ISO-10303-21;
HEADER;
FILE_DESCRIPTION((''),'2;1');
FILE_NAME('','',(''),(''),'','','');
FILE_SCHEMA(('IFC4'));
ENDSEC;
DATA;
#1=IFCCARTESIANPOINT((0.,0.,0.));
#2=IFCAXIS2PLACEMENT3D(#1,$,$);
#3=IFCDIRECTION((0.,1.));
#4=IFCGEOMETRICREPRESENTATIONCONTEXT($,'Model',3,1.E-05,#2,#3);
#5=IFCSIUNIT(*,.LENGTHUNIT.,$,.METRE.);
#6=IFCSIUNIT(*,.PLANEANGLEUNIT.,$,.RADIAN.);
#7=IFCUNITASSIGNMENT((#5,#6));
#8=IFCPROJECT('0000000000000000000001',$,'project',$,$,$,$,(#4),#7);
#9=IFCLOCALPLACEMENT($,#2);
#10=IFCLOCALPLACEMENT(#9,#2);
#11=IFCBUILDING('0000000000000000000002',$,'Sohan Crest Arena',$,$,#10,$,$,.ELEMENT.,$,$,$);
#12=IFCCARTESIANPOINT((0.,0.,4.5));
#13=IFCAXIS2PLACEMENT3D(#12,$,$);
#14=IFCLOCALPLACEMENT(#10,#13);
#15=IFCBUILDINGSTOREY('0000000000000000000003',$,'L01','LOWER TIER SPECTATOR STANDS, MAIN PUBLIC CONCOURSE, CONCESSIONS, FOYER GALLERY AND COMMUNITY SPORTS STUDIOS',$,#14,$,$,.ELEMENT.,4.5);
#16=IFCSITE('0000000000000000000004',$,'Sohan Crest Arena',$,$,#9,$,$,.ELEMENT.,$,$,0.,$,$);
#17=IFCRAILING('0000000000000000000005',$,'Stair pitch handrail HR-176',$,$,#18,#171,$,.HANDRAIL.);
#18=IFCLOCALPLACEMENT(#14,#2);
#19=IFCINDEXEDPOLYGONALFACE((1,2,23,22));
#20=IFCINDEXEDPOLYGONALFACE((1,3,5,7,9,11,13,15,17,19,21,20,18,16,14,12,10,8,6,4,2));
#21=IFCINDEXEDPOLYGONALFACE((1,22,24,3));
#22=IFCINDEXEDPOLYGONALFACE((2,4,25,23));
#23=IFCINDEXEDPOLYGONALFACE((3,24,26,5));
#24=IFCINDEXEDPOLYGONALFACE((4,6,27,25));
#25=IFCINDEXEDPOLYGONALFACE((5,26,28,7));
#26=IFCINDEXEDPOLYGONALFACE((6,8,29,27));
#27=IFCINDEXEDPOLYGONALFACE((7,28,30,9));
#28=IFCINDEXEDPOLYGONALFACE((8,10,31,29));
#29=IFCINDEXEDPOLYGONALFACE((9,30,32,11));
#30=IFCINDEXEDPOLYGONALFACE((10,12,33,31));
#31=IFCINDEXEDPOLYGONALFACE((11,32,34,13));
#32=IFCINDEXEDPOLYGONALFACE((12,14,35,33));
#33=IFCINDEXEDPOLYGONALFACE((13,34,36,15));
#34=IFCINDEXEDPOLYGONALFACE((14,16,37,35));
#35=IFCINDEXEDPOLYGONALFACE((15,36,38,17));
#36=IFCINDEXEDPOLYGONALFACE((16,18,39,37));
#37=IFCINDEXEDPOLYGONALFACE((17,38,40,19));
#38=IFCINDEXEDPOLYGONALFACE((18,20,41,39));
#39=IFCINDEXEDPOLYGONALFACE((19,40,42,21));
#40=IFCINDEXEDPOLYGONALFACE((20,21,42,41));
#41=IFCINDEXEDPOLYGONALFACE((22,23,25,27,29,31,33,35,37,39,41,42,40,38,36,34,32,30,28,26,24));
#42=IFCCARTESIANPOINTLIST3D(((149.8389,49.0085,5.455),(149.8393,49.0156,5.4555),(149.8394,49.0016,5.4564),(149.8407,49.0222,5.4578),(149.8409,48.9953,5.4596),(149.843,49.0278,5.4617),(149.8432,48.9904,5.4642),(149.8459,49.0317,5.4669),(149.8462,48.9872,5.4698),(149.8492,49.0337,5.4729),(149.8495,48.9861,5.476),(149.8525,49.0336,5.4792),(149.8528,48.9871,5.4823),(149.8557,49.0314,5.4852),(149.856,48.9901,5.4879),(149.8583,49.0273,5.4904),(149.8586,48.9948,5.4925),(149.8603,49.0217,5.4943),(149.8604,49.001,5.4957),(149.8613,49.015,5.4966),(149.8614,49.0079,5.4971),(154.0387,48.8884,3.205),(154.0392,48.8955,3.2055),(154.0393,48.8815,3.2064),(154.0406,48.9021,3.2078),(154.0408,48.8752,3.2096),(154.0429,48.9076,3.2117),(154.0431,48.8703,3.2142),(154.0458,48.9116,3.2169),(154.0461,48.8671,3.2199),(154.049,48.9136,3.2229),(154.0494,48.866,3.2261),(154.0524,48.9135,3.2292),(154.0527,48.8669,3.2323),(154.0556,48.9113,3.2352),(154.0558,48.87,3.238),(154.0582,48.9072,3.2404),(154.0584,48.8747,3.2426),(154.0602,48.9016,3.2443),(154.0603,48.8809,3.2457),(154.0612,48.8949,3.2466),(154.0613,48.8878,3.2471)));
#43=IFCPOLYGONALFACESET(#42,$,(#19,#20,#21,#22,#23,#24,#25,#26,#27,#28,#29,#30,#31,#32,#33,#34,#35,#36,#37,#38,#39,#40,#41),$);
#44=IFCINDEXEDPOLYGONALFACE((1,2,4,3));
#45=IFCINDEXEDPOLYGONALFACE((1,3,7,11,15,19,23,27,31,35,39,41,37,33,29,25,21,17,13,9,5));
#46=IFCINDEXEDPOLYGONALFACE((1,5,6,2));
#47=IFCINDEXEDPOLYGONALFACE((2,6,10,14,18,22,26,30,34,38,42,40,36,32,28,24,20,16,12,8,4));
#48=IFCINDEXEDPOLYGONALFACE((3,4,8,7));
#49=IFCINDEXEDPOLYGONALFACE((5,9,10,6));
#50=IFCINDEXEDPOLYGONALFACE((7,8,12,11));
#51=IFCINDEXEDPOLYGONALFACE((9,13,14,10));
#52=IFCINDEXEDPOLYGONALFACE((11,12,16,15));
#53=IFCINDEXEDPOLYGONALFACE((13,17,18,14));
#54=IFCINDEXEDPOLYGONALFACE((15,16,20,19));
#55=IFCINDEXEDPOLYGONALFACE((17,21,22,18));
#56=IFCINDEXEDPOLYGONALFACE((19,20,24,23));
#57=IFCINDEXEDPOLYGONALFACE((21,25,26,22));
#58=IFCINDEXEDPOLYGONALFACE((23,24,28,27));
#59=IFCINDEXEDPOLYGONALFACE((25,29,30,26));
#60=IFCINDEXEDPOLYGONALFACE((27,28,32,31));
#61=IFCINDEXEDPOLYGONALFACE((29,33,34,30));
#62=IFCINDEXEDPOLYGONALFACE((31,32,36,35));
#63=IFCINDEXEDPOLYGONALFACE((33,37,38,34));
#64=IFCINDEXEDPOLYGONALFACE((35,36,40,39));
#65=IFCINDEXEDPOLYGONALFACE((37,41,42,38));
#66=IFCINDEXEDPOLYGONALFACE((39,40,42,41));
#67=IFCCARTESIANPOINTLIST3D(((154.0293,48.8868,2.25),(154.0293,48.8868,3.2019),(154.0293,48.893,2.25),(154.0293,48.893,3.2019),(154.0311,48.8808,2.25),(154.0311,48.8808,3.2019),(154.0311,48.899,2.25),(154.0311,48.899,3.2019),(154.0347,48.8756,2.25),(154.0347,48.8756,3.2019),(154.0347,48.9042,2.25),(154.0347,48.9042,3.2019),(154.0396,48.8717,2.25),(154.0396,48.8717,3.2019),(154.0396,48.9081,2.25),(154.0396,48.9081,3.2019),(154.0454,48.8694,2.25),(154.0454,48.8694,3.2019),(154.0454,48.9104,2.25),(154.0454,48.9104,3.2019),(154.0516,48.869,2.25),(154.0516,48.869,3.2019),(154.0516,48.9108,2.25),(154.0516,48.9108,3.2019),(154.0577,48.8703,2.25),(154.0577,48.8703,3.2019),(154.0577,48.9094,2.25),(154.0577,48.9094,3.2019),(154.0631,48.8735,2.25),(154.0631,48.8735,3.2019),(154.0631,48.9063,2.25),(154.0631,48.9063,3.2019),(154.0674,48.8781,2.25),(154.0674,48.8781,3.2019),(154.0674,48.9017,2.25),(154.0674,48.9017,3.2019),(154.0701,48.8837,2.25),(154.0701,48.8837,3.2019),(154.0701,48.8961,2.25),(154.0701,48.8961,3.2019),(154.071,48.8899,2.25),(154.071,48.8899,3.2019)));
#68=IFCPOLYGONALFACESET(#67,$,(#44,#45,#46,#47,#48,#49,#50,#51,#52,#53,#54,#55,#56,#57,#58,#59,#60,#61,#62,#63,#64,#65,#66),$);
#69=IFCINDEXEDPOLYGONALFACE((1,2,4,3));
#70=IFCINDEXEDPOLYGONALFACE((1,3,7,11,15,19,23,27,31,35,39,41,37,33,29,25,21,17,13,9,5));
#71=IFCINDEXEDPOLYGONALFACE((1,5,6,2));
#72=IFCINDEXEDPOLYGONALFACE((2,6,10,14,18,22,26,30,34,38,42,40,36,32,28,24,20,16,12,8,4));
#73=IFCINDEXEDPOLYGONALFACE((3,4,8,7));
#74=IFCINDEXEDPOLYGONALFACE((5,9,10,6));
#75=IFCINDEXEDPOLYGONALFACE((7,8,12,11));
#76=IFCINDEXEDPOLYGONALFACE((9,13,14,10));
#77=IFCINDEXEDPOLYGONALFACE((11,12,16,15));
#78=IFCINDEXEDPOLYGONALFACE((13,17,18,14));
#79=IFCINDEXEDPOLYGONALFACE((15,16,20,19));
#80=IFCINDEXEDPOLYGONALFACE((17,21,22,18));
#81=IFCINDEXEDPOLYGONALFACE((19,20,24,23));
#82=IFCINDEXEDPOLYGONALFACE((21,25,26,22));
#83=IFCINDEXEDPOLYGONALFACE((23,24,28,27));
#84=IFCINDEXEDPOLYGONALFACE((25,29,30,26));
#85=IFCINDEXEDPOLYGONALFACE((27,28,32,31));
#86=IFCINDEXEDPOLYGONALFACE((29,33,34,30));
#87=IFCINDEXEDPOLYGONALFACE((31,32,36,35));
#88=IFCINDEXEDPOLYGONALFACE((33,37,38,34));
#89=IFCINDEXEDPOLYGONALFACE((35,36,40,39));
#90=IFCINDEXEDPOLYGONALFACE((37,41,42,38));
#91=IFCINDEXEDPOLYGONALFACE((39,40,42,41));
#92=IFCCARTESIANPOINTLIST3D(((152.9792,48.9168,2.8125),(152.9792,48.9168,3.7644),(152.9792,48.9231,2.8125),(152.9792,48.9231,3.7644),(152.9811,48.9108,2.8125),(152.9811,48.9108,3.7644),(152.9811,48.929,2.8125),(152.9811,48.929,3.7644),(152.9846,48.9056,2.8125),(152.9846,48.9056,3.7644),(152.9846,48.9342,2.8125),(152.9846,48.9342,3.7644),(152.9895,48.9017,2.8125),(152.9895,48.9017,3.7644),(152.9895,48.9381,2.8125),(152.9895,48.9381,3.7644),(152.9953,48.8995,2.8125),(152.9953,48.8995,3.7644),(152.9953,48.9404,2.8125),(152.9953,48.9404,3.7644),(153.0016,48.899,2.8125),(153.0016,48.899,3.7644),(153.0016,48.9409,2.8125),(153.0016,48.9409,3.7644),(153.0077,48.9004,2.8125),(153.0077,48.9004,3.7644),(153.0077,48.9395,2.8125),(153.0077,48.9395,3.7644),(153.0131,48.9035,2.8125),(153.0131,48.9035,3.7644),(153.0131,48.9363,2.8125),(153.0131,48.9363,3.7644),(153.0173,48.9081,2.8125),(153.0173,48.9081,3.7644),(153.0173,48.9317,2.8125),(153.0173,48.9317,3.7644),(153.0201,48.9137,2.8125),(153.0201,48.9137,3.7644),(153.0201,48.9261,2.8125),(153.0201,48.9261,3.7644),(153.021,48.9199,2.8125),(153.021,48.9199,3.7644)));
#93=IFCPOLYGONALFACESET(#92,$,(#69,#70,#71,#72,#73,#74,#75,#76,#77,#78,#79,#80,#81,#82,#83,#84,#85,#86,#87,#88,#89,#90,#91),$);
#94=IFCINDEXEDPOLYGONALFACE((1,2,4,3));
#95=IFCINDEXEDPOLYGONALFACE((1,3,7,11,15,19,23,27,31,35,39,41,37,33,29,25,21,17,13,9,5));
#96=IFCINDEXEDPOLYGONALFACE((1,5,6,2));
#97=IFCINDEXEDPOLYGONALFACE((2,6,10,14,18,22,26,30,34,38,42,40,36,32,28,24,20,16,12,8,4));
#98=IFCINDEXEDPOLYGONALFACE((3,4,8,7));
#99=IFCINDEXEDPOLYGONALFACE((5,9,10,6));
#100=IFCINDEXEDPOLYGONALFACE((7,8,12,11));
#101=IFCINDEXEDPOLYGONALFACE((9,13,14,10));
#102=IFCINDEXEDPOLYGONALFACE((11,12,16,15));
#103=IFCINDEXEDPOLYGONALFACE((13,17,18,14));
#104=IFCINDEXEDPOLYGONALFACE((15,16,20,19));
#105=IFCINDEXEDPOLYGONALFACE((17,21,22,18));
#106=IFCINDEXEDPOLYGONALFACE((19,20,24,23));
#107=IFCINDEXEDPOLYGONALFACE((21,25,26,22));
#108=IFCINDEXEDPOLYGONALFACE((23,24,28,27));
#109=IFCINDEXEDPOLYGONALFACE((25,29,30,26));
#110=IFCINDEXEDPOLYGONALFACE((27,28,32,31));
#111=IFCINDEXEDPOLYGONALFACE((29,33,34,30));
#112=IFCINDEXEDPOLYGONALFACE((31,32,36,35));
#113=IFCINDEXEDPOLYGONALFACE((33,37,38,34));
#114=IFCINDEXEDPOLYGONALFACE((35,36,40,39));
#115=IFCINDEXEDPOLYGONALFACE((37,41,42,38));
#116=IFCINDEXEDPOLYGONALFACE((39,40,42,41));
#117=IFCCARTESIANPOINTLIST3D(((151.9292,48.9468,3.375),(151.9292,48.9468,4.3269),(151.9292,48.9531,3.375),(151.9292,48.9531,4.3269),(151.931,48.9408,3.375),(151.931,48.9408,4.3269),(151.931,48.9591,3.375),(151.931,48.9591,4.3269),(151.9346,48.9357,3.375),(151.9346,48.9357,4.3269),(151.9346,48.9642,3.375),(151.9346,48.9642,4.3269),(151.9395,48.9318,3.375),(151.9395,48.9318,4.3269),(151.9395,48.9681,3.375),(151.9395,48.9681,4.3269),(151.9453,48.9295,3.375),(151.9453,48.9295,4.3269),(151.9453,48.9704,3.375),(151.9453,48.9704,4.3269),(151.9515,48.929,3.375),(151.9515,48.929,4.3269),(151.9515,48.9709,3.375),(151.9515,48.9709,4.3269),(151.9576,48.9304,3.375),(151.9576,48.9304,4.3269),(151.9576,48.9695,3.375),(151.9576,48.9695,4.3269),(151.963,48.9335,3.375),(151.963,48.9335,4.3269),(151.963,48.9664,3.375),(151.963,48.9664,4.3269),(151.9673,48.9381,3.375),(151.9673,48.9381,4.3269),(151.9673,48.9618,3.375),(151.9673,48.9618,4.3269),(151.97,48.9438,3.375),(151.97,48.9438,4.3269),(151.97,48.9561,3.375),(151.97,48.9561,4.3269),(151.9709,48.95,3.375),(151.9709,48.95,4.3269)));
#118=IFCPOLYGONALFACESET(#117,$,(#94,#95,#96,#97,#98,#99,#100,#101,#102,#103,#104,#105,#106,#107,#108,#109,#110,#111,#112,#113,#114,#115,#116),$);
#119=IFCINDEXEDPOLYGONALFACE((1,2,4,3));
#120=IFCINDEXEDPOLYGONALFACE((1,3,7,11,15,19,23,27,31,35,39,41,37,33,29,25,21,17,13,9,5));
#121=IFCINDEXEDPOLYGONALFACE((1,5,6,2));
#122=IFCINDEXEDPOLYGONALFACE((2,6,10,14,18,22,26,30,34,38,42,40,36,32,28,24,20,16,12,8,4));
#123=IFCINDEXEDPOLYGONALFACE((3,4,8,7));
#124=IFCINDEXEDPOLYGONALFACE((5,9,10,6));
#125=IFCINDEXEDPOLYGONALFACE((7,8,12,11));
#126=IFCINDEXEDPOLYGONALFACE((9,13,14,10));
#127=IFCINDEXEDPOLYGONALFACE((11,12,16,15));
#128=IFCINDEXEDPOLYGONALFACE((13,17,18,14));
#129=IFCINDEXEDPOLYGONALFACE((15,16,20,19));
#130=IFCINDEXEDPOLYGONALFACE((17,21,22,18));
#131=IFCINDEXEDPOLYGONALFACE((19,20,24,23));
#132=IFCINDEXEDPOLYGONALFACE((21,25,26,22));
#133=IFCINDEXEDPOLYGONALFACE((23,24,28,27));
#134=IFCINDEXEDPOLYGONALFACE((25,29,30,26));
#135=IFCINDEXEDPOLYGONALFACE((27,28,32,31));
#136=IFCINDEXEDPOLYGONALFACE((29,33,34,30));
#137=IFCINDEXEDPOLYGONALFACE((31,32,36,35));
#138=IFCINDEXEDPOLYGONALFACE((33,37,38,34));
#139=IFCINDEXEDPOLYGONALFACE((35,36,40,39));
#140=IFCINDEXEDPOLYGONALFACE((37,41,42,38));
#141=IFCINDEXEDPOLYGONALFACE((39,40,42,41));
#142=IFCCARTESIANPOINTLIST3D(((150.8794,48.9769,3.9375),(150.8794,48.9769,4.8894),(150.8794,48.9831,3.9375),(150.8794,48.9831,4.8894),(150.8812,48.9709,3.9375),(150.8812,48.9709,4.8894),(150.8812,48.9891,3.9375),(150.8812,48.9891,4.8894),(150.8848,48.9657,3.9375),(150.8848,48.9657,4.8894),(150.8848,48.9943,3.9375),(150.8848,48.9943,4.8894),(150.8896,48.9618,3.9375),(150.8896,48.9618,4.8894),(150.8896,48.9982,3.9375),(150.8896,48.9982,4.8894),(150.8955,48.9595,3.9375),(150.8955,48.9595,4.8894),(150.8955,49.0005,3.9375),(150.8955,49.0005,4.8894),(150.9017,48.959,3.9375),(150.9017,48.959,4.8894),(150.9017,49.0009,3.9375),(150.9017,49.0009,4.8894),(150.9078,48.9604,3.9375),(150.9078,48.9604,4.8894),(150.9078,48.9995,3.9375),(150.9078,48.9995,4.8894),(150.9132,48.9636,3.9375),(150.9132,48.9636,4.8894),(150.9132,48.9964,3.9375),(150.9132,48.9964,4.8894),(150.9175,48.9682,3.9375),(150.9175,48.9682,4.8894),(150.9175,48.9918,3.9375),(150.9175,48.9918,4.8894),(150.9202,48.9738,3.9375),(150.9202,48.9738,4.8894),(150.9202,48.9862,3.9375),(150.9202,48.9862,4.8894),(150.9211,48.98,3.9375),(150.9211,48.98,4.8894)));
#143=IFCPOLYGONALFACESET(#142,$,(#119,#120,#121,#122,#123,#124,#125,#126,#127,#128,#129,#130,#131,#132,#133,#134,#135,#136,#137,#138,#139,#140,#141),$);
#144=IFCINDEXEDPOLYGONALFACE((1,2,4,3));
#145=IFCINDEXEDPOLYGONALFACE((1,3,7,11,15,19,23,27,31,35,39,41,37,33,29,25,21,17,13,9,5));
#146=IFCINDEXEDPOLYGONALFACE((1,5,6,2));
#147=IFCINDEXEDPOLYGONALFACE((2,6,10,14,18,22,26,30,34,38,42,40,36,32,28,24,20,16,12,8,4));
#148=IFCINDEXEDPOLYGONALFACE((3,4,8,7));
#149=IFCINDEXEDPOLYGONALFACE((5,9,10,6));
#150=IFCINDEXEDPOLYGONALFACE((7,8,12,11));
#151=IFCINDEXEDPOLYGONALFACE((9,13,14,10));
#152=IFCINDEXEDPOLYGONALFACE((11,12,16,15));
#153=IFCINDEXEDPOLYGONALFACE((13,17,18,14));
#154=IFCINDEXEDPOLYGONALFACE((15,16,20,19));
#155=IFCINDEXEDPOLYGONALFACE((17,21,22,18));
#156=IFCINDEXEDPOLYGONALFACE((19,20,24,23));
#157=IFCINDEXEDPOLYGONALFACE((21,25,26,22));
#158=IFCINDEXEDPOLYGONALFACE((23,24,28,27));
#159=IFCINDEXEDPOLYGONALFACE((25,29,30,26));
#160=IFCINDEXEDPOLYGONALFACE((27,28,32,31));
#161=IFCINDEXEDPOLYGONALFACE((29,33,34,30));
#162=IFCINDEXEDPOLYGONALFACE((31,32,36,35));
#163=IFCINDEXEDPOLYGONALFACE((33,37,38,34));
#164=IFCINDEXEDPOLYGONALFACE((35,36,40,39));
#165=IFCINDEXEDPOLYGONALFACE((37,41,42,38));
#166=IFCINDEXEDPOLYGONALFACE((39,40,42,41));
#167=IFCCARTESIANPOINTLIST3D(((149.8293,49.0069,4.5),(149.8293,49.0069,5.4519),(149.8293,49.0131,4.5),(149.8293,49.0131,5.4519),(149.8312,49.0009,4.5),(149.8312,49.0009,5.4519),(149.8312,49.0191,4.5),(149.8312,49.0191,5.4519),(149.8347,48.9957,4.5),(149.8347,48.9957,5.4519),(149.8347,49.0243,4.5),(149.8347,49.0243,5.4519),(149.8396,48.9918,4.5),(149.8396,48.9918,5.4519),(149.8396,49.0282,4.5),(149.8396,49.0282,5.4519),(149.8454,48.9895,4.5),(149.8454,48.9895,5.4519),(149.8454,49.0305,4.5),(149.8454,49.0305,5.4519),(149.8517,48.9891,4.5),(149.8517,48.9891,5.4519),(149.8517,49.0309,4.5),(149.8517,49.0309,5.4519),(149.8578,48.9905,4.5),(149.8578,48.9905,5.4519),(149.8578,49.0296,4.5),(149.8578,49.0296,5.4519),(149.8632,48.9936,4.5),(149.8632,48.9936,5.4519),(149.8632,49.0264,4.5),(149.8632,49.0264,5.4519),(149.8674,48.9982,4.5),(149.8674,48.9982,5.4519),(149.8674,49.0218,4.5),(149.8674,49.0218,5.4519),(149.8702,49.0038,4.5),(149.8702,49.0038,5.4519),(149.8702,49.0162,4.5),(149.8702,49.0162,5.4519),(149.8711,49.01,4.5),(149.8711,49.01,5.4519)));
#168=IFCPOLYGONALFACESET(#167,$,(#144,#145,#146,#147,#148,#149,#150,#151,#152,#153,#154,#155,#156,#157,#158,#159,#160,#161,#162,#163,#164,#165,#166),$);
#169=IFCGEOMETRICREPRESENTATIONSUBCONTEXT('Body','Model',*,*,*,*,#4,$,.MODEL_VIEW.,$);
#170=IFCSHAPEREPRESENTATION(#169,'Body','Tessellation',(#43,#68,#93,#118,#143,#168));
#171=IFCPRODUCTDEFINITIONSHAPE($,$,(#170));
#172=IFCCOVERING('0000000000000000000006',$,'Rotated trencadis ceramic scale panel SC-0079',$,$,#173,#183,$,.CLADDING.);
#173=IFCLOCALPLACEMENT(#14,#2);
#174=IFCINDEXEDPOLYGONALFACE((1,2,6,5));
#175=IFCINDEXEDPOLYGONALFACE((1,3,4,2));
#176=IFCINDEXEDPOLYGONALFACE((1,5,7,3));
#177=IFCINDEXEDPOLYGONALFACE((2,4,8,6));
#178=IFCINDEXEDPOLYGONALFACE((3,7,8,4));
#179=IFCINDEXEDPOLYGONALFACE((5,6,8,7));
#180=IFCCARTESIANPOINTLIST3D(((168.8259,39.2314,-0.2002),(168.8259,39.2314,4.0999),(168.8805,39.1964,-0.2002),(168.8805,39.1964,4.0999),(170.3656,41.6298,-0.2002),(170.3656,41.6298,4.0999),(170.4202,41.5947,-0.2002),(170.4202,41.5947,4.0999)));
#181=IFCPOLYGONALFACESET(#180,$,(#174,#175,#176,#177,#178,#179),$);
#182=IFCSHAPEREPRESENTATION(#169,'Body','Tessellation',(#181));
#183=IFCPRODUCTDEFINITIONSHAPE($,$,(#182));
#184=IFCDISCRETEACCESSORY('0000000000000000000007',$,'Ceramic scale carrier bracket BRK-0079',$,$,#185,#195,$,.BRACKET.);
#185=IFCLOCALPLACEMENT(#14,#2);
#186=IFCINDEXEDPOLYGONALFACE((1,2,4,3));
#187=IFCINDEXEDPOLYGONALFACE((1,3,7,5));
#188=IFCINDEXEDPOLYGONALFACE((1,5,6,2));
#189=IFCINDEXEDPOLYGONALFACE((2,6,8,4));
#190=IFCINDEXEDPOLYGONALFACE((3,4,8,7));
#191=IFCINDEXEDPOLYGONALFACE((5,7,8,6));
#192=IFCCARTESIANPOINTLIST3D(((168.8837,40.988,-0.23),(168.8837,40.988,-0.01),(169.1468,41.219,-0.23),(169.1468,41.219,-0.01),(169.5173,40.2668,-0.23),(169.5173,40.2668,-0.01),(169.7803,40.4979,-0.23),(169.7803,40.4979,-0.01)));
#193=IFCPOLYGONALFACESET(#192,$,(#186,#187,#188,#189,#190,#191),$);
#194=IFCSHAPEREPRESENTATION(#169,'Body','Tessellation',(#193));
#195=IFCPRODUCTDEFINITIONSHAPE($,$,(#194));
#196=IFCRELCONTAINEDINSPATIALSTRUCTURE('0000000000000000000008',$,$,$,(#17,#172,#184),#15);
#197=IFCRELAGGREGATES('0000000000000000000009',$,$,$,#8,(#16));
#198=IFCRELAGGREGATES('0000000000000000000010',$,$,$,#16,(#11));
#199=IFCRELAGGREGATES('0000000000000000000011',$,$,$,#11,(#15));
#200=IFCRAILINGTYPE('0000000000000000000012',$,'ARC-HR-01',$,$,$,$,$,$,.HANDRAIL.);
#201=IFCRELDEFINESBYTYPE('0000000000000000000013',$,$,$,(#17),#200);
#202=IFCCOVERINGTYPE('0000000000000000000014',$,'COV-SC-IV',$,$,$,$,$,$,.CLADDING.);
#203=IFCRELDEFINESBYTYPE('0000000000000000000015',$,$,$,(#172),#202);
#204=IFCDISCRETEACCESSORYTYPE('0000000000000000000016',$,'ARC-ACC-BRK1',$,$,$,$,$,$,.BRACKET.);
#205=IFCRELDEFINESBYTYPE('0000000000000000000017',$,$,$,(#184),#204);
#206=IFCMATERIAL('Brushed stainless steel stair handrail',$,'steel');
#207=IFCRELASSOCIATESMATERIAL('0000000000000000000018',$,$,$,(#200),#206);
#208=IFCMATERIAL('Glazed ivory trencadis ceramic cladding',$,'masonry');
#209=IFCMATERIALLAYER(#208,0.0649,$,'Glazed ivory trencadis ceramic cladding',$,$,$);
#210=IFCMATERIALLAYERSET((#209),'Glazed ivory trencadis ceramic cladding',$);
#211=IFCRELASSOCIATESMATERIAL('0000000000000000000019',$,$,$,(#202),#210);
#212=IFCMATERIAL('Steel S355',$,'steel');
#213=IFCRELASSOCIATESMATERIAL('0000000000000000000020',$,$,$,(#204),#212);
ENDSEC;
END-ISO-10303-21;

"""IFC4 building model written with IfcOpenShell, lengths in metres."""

from ifc_helpers import new_model, si_unit, direction, frame, origin, origin_2d, place, context, subcontext, project, spatial, rectangle, circle, extrude, material, layer, layer_set, type_object, element, save


model = new_model("IFC4")

# Units and contexts
model_context = context("Model", 3, precision=1e-05, world=origin(), true_north=direction((0.0, 1.0)))
body_context = subcontext(model_context, "Body", "Model", "MODEL_VIEW")
ifc_project = project(units=[si_unit("LENGTHUNIT", "METRE"), si_unit("PLANEANGLEUNIT", "RADIAN")], contexts=[model_context])

# Site, building, storey
site_placement = place(None, origin())
site = spatial("IfcSite", under=ifc_project, at=site_placement, Name="Sohan Crest Arena", CompositionType="ELEMENT", RefElevation=0.0)
building_placement = place(site_placement, origin())
building = spatial("IfcBuilding", under=site, at=building_placement, Name="Sohan Crest Arena", CompositionType="ELEMENT")
storey_placement = place(building_placement, frame((0.0, 0.0, 4.5)))
storey = spatial("IfcBuildingStorey", under=building, at=storey_placement, Name="L01", Description="LOWER TIER SPECTATOR STANDS, MAIN PUBLIC CONCOURSE, CONCESSIONS, FOYER GALLERY AND COMMUNITY SPORTS STUDIOS", CompositionType="ELEMENT", Elevation=4.5)

# Shared definitions
ifc_material_1 = material(Name="Steel S355", Category="steel")

# Railing
ifc_material_2 = material(Name="Brushed stainless steel stair handrail", Category="steel")
railing_type_1 = type_object("IfcRailingType", Name="ARC-HR-01", PredefinedType="HANDRAIL", material=ifc_material_2)
railing_1_placement = place(storey_placement, frame((154.05, 48.8899, 2.25)))
element("IfcRailing", 1, at=railing_1_placement, inside=storey, type_object=railing_type_1, Name="Stair pitch handrail HR-176", PredefinedType="HANDRAIL", context=body_context, shape_type="SweptSolid", body=[
    extrude(circle(Radius=0.0239, at=origin_2d()), frame((0.0, 0.0, 0.9761), z_axis=(-0.881198, 0.025202, 0.472076), x_axis=(-0.028588, -0.999591, 0.0)), (0.0, 0.0, 1.0), 4.7661),
    extrude(circle(Radius=0.021, at=origin_2d()), origin(), (0.0, 0.0, 1.0), 0.9519),
    extrude(circle(Radius=0.021, at=origin_2d()), frame((-1.05, 0.03, 0.5625)), (0.0, 0.0, 1.0), 0.9519),
    extrude(circle(Radius=0.021, at=origin_2d()), frame((-2.1001, 0.0601, 1.125)), (0.0, 0.0, 1.0), 0.9519),
    extrude(circle(Radius=0.021, at=origin_2d()), frame((-3.1499, 0.0901, 1.6875)), (0.0, 0.0, 1.0), 0.9519),
    extrude(circle(Radius=0.021, at=origin_2d()), frame((-4.2, 0.1201, 2.25)), (0.0, 0.0, 1.0), 0.9519),
])

# Covering
ifc_material_3 = material(Name="Glazed ivory trencadis ceramic cladding", Category="masonry")
ifc_layer_1 = layer(ifc_material_3, 0.0649, Name="Glazed ivory trencadis ceramic cladding")
ifc_layer_set_1 = layer_set([ifc_layer_1], Name="Glazed ivory trencadis ceramic cladding")
covering_type = type_object("IfcCoveringType", Name="COV-SC-IV", PredefinedType="CLADDING", material=ifc_layer_set_1)
covering_placement = place(storey_placement, frame((169.623, 40.4131, -0.2002), z_axis=(0.0, 0.0, 1.0), x_axis=(0.54024, 0.841511, 0.0)))
element("IfcCovering", 2, at=covering_placement, inside=storey, type_object=covering_type, Name="Rotated trencadis ceramic scale panel SC-0079", PredefinedType="CLADDING", context=body_context, shape_type="SweptSolid", body=[
    extrude(rectangle(XDim=2.8501, YDim=0.0649, at=origin_2d()), origin(), (0.0, 0.0, 1.0), 4.3),
])

# Discrete accessory
discrete_accessory_type = type_object("IfcDiscreteAccessoryType", Name="ARC-ACC-BRK1", PredefinedType="BRACKET", material=ifc_material_1)
discrete_accessory_placement = place(storey_placement, frame((169.332, 40.7429, -0.23), z_axis=(0.0, 0.0, 1.0), x_axis=(0.751264, 0.660002, 0.0)))
element("IfcDiscreteAccessory", 3, at=discrete_accessory_placement, inside=storey, type_object=discrete_accessory_type, Name="Ceramic scale carrier bracket BRK-0079", PredefinedType="BRACKET", context=body_context, shape_type="SweptSolid", body=[
    extrude(rectangle(XDim=0.3501, YDim=0.96, at=origin_2d()), origin(), (0.0, 0.0, 1.0), 0.22),
])

save(model, "model.ifc")
